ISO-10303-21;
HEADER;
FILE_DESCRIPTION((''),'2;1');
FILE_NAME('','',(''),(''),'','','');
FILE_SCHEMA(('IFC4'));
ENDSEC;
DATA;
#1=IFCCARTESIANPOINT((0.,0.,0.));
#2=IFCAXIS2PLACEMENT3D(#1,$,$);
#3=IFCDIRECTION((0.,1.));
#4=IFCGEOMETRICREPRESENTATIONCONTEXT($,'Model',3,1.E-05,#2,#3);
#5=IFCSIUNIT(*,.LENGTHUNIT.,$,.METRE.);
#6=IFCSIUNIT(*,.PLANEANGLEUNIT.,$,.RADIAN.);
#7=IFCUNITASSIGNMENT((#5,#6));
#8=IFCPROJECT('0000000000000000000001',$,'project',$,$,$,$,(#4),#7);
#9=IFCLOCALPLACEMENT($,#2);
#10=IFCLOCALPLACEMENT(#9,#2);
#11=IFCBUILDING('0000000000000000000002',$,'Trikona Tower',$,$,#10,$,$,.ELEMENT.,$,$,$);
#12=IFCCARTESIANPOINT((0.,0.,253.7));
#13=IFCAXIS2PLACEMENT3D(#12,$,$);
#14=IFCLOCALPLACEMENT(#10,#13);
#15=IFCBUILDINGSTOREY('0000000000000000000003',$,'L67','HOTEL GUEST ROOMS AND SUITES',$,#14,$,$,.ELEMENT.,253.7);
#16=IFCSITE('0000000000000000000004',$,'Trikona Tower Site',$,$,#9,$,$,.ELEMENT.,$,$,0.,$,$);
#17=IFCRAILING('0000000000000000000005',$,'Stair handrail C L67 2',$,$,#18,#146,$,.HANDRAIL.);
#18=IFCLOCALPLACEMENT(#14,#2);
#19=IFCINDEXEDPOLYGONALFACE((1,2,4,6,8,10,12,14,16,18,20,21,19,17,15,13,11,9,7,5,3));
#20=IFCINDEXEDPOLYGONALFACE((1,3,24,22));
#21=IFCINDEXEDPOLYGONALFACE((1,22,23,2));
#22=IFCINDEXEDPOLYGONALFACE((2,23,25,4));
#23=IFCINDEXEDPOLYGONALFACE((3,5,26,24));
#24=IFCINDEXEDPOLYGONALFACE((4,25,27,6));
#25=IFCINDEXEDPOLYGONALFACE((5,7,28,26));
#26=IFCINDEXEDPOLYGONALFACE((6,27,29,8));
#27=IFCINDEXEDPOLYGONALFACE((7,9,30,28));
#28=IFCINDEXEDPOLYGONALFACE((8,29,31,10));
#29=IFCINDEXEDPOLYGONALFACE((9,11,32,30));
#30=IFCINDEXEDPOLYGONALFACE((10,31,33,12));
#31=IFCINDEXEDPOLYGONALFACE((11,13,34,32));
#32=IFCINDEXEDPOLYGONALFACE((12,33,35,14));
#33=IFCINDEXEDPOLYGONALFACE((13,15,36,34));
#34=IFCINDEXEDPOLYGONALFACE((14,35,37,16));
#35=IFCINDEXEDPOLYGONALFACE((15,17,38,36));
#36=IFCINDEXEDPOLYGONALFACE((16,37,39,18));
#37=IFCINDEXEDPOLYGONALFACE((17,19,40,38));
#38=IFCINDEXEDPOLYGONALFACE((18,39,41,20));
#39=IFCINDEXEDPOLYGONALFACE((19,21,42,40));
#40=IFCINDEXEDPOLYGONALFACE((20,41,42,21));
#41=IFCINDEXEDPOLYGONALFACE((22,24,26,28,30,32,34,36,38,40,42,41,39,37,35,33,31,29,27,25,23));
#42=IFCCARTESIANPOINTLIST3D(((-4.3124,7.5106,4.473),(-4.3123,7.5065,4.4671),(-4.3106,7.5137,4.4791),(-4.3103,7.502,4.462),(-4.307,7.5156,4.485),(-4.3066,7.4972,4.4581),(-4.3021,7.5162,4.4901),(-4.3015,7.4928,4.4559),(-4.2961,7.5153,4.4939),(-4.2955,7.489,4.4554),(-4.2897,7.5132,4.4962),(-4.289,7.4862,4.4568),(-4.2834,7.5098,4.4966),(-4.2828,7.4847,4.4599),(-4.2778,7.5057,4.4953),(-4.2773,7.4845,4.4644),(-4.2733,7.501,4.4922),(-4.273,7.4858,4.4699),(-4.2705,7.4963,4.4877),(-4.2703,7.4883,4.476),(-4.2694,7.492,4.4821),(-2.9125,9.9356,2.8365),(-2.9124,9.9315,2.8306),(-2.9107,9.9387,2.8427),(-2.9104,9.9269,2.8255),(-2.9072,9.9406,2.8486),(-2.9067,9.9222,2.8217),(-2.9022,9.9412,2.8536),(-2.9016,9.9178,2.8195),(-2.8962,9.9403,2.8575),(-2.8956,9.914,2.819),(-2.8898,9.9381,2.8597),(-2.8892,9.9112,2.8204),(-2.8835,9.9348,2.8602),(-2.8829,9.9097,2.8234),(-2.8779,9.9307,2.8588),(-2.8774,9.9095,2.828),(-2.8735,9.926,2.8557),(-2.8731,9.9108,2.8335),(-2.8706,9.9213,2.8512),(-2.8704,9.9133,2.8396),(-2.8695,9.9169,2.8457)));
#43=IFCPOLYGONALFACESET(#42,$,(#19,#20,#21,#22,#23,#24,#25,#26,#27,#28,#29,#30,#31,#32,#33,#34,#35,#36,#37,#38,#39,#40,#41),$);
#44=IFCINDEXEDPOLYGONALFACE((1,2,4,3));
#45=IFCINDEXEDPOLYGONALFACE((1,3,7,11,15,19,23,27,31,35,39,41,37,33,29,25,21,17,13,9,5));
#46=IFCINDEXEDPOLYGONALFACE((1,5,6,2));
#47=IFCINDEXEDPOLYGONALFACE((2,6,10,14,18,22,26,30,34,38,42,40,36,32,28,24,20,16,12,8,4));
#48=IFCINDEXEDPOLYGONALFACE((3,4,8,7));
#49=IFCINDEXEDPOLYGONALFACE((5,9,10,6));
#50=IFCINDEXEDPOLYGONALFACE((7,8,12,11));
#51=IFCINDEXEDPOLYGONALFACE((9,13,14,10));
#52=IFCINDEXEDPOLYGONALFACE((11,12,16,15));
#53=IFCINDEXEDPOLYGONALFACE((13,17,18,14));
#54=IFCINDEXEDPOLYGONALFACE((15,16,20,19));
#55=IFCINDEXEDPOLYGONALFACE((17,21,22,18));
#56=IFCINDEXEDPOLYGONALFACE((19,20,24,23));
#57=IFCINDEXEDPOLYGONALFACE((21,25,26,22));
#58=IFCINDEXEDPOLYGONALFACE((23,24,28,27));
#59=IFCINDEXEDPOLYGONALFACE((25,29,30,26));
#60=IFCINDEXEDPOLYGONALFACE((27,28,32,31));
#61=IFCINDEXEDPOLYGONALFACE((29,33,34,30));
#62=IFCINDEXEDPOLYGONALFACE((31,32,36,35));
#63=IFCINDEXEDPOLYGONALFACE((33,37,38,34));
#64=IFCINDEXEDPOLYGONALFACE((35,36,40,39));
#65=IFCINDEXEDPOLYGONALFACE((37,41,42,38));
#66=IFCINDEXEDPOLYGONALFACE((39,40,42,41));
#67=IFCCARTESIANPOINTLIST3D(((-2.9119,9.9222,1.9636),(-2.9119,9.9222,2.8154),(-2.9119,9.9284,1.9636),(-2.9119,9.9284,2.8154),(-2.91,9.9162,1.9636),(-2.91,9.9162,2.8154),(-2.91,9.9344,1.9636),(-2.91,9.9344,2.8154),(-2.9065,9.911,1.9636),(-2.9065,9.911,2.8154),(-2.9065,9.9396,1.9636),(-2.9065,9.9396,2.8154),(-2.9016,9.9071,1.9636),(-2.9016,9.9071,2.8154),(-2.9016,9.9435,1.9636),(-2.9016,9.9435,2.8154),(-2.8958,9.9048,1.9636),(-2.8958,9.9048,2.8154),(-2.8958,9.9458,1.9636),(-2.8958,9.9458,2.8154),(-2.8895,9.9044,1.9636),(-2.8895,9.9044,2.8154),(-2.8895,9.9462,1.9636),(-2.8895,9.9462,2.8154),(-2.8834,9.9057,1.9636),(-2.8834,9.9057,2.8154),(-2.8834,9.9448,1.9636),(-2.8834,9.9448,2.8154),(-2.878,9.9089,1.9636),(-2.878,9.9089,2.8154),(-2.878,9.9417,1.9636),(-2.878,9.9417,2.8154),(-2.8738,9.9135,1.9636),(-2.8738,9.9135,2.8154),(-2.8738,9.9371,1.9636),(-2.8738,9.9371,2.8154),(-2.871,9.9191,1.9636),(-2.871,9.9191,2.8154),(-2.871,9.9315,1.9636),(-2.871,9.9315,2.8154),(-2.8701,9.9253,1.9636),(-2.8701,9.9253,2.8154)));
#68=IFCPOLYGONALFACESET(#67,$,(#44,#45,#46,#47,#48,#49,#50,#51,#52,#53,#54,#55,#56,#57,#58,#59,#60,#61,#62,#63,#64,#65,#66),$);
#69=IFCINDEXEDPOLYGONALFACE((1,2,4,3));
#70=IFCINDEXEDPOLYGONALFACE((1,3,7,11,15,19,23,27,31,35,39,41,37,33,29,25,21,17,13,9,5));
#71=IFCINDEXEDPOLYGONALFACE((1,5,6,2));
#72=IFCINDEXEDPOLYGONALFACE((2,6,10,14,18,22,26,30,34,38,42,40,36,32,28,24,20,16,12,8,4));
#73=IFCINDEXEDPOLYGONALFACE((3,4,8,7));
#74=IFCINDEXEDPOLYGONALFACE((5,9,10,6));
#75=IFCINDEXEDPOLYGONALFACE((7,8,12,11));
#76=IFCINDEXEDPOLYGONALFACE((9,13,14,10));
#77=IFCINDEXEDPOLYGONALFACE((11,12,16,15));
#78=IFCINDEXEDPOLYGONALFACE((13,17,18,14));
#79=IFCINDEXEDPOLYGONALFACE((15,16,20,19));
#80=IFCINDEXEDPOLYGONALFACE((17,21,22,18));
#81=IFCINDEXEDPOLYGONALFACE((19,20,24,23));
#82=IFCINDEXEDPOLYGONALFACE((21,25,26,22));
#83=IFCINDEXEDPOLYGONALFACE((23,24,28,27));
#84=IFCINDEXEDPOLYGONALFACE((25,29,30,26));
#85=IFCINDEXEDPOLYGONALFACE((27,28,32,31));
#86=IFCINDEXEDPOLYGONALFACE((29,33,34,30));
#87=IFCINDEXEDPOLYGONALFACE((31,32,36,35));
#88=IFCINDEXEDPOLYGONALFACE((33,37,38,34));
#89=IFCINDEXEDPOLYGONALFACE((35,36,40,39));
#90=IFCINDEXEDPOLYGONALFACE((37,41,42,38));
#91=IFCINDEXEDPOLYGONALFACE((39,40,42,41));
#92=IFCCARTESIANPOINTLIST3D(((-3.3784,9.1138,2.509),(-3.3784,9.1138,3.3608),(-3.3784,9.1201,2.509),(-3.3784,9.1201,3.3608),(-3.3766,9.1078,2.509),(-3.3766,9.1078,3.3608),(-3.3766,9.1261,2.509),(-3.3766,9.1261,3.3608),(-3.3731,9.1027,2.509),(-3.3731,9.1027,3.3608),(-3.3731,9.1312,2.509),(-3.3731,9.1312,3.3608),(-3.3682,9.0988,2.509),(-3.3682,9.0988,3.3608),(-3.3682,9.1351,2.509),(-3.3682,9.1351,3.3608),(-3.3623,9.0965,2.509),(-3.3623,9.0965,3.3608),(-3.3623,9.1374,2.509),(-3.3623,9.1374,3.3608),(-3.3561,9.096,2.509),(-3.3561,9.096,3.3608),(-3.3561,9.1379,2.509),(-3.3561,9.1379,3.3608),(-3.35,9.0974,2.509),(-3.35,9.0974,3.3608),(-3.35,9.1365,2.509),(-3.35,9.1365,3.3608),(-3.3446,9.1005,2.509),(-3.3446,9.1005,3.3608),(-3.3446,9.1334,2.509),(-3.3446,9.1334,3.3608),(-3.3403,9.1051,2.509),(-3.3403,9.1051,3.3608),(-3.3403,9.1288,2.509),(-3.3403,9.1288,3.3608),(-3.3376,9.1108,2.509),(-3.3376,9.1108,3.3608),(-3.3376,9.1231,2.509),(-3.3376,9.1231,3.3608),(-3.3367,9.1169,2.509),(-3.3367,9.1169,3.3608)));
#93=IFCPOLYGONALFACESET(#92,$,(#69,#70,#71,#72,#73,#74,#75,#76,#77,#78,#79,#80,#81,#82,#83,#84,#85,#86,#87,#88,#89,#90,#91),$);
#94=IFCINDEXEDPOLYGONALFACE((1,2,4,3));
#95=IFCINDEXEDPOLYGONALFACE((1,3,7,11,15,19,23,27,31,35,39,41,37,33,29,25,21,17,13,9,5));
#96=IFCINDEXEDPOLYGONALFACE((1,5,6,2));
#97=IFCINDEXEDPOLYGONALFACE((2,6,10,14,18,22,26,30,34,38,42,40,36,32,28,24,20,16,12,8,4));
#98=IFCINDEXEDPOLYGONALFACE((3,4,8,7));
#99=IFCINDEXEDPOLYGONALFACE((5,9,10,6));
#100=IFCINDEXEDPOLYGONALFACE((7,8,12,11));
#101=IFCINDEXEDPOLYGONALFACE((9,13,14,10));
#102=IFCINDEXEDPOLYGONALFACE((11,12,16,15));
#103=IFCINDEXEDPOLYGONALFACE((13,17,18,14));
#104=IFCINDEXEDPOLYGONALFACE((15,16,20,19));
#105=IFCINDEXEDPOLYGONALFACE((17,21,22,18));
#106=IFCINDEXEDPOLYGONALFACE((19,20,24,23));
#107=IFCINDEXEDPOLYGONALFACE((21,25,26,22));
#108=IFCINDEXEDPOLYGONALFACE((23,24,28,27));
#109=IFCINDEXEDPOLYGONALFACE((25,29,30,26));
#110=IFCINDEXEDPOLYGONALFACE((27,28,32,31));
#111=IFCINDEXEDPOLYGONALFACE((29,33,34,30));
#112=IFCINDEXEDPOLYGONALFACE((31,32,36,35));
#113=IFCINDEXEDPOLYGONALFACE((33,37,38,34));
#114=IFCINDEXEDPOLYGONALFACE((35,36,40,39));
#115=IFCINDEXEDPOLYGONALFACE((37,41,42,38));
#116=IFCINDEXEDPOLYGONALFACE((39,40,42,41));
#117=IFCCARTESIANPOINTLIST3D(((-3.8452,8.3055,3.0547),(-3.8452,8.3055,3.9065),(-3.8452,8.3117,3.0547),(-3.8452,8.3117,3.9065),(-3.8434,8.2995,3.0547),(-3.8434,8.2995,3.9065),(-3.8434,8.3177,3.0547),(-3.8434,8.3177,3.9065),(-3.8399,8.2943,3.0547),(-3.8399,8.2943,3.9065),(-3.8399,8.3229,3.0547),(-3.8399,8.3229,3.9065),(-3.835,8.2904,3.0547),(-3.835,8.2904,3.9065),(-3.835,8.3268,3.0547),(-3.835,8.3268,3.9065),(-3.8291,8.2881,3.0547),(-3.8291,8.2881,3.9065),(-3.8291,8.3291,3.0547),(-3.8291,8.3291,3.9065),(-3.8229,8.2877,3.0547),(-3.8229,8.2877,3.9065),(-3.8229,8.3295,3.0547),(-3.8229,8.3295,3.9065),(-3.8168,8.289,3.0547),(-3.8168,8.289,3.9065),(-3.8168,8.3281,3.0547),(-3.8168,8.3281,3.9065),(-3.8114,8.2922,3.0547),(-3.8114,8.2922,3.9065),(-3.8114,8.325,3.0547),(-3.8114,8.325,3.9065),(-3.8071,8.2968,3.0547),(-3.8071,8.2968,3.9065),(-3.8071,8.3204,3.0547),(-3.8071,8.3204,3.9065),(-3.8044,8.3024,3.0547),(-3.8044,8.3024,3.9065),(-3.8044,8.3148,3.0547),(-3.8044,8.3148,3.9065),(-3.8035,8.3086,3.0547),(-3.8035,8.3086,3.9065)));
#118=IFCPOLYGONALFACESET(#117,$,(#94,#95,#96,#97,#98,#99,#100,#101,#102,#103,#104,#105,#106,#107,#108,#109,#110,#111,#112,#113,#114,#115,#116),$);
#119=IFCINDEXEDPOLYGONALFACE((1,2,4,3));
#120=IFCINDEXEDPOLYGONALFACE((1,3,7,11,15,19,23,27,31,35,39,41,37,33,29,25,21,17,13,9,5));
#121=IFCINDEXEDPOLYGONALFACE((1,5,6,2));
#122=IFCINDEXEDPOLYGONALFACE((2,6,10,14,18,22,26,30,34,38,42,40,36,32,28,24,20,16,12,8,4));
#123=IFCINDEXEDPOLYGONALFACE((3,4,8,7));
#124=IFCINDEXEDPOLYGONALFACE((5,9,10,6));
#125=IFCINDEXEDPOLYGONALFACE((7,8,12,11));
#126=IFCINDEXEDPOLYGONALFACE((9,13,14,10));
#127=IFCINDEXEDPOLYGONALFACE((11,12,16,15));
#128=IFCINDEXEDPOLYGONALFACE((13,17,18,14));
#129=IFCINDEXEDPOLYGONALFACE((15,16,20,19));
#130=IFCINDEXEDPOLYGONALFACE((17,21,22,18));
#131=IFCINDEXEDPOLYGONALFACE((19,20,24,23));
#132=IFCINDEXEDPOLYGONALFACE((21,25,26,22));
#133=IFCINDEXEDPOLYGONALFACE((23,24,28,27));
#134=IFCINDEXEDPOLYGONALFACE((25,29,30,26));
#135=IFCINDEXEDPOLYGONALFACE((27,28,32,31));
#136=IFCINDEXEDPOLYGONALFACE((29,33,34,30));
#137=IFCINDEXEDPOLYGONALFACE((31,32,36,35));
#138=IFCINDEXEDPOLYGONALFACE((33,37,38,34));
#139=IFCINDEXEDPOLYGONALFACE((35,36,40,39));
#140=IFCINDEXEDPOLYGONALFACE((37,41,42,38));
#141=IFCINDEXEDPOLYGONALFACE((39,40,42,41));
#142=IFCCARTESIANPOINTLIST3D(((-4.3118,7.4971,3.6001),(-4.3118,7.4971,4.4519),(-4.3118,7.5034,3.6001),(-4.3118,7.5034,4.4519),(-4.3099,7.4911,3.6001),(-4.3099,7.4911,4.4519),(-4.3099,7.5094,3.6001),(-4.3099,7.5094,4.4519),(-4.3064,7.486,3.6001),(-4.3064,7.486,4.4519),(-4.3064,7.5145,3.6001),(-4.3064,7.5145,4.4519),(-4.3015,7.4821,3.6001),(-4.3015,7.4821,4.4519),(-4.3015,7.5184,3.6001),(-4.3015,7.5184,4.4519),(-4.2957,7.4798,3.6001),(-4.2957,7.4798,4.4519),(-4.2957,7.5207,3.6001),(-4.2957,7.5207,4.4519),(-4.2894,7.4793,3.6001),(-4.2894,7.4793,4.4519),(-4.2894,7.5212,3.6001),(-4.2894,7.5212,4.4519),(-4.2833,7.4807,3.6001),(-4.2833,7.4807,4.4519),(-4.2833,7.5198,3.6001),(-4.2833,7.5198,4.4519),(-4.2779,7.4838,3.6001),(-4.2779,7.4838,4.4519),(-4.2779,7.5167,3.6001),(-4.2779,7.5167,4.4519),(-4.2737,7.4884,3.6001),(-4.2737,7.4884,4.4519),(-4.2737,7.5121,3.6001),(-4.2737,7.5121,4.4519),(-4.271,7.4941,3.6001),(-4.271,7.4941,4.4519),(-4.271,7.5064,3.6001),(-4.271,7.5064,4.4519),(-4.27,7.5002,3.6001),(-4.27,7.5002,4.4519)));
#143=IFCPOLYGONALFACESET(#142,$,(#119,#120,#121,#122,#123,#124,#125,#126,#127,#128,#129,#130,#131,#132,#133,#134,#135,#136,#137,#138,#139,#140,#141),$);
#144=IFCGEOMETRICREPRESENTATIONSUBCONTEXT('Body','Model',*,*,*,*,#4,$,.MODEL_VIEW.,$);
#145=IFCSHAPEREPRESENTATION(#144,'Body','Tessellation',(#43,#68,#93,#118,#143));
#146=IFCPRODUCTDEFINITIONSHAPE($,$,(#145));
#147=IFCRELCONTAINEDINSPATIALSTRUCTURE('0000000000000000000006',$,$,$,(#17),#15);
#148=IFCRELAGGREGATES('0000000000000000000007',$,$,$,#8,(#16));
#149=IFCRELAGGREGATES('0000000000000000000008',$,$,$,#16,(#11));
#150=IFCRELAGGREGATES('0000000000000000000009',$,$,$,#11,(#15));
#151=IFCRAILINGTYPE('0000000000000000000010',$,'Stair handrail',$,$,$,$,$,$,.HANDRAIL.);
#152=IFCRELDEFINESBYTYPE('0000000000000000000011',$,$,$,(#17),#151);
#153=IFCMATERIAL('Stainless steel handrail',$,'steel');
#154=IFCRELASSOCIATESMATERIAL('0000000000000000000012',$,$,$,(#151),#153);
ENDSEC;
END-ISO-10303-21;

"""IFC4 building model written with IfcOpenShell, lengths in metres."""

from ifc_helpers import new_model, si_unit, direction, frame, origin, origin_2d, place, context, subcontext, project, spatial, circle, extrude, material, type_object, element, save


model = new_model("IFC4")

# Units and contexts
model_context = context("Model", 3, precision=1e-05, world=origin(), true_north=direction((0.0, 1.0)))
body_context = subcontext(model_context, "Body", "Model", "MODEL_VIEW")
ifc_project = project(units=[si_unit("LENGTHUNIT", "METRE"), si_unit("PLANEANGLEUNIT", "RADIAN")], contexts=[model_context])

# Site, building, storey
site_placement = place(None, origin())
site = spatial("IfcSite", under=ifc_project, at=site_placement, Name="Trikona Tower Site", CompositionType="ELEMENT", RefElevation=0.0)
building_placement = place(site_placement, origin())
building = spatial("IfcBuilding", under=site, at=building_placement, Name="Trikona Tower", CompositionType="ELEMENT")
storey_placement = place(building_placement, frame((0.0, 0.0, 253.7)))
storey = spatial("IfcBuildingStorey", under=building, at=storey_placement, Name="L67", Description="HOTEL GUEST ROOMS AND SUITES", CompositionType="ELEMENT", Elevation=253.7)

# Railing
ifc_material_1 = material(Name="Stainless steel handrail", Category="steel")
railing_type = type_object("IfcRailingType", Name="Stair handrail", PredefinedType="HANDRAIL", material=ifc_material_1)
railing_1_placement = place(storey_placement, frame((-2.8911, 9.9253, 1.9636)))
element("IfcRailing", 1, at=railing_1_placement, inside=storey, type_object=railing_type, Name="Stair handrail C L67 2", PredefinedType="HANDRAIL", context=body_context, shape_type="SweptSolid", body=[
    extrude(circle(Radius=0.0239, at=origin_2d()), frame((0.0, 0.0, 0.876), z_axis=(-0.431636, -0.747723, 0.504579), x_axis=(0.866056, -0.499946, 0.0)), (0.0, 0.0, 1.0), 3.2432),
    extrude(circle(Radius=0.021, at=origin_2d()), origin(), (0.0, 0.0, 1.0), 0.8518),
    extrude(circle(Radius=0.021, at=origin_2d()), frame((-0.4666, -0.8083, 0.5454)), (0.0, 0.0, 1.0), 0.8518),
    extrude(circle(Radius=0.021, at=origin_2d()), frame((-0.9333, -1.6167, 1.0911)), (0.0, 0.0, 1.0), 0.8518),
    extrude(circle(Radius=0.021, at=origin_2d()), frame((-1.3999, -2.425, 1.6365)), (0.0, 0.0, 1.0), 0.8518),
])

save(model, "model.ifc")
